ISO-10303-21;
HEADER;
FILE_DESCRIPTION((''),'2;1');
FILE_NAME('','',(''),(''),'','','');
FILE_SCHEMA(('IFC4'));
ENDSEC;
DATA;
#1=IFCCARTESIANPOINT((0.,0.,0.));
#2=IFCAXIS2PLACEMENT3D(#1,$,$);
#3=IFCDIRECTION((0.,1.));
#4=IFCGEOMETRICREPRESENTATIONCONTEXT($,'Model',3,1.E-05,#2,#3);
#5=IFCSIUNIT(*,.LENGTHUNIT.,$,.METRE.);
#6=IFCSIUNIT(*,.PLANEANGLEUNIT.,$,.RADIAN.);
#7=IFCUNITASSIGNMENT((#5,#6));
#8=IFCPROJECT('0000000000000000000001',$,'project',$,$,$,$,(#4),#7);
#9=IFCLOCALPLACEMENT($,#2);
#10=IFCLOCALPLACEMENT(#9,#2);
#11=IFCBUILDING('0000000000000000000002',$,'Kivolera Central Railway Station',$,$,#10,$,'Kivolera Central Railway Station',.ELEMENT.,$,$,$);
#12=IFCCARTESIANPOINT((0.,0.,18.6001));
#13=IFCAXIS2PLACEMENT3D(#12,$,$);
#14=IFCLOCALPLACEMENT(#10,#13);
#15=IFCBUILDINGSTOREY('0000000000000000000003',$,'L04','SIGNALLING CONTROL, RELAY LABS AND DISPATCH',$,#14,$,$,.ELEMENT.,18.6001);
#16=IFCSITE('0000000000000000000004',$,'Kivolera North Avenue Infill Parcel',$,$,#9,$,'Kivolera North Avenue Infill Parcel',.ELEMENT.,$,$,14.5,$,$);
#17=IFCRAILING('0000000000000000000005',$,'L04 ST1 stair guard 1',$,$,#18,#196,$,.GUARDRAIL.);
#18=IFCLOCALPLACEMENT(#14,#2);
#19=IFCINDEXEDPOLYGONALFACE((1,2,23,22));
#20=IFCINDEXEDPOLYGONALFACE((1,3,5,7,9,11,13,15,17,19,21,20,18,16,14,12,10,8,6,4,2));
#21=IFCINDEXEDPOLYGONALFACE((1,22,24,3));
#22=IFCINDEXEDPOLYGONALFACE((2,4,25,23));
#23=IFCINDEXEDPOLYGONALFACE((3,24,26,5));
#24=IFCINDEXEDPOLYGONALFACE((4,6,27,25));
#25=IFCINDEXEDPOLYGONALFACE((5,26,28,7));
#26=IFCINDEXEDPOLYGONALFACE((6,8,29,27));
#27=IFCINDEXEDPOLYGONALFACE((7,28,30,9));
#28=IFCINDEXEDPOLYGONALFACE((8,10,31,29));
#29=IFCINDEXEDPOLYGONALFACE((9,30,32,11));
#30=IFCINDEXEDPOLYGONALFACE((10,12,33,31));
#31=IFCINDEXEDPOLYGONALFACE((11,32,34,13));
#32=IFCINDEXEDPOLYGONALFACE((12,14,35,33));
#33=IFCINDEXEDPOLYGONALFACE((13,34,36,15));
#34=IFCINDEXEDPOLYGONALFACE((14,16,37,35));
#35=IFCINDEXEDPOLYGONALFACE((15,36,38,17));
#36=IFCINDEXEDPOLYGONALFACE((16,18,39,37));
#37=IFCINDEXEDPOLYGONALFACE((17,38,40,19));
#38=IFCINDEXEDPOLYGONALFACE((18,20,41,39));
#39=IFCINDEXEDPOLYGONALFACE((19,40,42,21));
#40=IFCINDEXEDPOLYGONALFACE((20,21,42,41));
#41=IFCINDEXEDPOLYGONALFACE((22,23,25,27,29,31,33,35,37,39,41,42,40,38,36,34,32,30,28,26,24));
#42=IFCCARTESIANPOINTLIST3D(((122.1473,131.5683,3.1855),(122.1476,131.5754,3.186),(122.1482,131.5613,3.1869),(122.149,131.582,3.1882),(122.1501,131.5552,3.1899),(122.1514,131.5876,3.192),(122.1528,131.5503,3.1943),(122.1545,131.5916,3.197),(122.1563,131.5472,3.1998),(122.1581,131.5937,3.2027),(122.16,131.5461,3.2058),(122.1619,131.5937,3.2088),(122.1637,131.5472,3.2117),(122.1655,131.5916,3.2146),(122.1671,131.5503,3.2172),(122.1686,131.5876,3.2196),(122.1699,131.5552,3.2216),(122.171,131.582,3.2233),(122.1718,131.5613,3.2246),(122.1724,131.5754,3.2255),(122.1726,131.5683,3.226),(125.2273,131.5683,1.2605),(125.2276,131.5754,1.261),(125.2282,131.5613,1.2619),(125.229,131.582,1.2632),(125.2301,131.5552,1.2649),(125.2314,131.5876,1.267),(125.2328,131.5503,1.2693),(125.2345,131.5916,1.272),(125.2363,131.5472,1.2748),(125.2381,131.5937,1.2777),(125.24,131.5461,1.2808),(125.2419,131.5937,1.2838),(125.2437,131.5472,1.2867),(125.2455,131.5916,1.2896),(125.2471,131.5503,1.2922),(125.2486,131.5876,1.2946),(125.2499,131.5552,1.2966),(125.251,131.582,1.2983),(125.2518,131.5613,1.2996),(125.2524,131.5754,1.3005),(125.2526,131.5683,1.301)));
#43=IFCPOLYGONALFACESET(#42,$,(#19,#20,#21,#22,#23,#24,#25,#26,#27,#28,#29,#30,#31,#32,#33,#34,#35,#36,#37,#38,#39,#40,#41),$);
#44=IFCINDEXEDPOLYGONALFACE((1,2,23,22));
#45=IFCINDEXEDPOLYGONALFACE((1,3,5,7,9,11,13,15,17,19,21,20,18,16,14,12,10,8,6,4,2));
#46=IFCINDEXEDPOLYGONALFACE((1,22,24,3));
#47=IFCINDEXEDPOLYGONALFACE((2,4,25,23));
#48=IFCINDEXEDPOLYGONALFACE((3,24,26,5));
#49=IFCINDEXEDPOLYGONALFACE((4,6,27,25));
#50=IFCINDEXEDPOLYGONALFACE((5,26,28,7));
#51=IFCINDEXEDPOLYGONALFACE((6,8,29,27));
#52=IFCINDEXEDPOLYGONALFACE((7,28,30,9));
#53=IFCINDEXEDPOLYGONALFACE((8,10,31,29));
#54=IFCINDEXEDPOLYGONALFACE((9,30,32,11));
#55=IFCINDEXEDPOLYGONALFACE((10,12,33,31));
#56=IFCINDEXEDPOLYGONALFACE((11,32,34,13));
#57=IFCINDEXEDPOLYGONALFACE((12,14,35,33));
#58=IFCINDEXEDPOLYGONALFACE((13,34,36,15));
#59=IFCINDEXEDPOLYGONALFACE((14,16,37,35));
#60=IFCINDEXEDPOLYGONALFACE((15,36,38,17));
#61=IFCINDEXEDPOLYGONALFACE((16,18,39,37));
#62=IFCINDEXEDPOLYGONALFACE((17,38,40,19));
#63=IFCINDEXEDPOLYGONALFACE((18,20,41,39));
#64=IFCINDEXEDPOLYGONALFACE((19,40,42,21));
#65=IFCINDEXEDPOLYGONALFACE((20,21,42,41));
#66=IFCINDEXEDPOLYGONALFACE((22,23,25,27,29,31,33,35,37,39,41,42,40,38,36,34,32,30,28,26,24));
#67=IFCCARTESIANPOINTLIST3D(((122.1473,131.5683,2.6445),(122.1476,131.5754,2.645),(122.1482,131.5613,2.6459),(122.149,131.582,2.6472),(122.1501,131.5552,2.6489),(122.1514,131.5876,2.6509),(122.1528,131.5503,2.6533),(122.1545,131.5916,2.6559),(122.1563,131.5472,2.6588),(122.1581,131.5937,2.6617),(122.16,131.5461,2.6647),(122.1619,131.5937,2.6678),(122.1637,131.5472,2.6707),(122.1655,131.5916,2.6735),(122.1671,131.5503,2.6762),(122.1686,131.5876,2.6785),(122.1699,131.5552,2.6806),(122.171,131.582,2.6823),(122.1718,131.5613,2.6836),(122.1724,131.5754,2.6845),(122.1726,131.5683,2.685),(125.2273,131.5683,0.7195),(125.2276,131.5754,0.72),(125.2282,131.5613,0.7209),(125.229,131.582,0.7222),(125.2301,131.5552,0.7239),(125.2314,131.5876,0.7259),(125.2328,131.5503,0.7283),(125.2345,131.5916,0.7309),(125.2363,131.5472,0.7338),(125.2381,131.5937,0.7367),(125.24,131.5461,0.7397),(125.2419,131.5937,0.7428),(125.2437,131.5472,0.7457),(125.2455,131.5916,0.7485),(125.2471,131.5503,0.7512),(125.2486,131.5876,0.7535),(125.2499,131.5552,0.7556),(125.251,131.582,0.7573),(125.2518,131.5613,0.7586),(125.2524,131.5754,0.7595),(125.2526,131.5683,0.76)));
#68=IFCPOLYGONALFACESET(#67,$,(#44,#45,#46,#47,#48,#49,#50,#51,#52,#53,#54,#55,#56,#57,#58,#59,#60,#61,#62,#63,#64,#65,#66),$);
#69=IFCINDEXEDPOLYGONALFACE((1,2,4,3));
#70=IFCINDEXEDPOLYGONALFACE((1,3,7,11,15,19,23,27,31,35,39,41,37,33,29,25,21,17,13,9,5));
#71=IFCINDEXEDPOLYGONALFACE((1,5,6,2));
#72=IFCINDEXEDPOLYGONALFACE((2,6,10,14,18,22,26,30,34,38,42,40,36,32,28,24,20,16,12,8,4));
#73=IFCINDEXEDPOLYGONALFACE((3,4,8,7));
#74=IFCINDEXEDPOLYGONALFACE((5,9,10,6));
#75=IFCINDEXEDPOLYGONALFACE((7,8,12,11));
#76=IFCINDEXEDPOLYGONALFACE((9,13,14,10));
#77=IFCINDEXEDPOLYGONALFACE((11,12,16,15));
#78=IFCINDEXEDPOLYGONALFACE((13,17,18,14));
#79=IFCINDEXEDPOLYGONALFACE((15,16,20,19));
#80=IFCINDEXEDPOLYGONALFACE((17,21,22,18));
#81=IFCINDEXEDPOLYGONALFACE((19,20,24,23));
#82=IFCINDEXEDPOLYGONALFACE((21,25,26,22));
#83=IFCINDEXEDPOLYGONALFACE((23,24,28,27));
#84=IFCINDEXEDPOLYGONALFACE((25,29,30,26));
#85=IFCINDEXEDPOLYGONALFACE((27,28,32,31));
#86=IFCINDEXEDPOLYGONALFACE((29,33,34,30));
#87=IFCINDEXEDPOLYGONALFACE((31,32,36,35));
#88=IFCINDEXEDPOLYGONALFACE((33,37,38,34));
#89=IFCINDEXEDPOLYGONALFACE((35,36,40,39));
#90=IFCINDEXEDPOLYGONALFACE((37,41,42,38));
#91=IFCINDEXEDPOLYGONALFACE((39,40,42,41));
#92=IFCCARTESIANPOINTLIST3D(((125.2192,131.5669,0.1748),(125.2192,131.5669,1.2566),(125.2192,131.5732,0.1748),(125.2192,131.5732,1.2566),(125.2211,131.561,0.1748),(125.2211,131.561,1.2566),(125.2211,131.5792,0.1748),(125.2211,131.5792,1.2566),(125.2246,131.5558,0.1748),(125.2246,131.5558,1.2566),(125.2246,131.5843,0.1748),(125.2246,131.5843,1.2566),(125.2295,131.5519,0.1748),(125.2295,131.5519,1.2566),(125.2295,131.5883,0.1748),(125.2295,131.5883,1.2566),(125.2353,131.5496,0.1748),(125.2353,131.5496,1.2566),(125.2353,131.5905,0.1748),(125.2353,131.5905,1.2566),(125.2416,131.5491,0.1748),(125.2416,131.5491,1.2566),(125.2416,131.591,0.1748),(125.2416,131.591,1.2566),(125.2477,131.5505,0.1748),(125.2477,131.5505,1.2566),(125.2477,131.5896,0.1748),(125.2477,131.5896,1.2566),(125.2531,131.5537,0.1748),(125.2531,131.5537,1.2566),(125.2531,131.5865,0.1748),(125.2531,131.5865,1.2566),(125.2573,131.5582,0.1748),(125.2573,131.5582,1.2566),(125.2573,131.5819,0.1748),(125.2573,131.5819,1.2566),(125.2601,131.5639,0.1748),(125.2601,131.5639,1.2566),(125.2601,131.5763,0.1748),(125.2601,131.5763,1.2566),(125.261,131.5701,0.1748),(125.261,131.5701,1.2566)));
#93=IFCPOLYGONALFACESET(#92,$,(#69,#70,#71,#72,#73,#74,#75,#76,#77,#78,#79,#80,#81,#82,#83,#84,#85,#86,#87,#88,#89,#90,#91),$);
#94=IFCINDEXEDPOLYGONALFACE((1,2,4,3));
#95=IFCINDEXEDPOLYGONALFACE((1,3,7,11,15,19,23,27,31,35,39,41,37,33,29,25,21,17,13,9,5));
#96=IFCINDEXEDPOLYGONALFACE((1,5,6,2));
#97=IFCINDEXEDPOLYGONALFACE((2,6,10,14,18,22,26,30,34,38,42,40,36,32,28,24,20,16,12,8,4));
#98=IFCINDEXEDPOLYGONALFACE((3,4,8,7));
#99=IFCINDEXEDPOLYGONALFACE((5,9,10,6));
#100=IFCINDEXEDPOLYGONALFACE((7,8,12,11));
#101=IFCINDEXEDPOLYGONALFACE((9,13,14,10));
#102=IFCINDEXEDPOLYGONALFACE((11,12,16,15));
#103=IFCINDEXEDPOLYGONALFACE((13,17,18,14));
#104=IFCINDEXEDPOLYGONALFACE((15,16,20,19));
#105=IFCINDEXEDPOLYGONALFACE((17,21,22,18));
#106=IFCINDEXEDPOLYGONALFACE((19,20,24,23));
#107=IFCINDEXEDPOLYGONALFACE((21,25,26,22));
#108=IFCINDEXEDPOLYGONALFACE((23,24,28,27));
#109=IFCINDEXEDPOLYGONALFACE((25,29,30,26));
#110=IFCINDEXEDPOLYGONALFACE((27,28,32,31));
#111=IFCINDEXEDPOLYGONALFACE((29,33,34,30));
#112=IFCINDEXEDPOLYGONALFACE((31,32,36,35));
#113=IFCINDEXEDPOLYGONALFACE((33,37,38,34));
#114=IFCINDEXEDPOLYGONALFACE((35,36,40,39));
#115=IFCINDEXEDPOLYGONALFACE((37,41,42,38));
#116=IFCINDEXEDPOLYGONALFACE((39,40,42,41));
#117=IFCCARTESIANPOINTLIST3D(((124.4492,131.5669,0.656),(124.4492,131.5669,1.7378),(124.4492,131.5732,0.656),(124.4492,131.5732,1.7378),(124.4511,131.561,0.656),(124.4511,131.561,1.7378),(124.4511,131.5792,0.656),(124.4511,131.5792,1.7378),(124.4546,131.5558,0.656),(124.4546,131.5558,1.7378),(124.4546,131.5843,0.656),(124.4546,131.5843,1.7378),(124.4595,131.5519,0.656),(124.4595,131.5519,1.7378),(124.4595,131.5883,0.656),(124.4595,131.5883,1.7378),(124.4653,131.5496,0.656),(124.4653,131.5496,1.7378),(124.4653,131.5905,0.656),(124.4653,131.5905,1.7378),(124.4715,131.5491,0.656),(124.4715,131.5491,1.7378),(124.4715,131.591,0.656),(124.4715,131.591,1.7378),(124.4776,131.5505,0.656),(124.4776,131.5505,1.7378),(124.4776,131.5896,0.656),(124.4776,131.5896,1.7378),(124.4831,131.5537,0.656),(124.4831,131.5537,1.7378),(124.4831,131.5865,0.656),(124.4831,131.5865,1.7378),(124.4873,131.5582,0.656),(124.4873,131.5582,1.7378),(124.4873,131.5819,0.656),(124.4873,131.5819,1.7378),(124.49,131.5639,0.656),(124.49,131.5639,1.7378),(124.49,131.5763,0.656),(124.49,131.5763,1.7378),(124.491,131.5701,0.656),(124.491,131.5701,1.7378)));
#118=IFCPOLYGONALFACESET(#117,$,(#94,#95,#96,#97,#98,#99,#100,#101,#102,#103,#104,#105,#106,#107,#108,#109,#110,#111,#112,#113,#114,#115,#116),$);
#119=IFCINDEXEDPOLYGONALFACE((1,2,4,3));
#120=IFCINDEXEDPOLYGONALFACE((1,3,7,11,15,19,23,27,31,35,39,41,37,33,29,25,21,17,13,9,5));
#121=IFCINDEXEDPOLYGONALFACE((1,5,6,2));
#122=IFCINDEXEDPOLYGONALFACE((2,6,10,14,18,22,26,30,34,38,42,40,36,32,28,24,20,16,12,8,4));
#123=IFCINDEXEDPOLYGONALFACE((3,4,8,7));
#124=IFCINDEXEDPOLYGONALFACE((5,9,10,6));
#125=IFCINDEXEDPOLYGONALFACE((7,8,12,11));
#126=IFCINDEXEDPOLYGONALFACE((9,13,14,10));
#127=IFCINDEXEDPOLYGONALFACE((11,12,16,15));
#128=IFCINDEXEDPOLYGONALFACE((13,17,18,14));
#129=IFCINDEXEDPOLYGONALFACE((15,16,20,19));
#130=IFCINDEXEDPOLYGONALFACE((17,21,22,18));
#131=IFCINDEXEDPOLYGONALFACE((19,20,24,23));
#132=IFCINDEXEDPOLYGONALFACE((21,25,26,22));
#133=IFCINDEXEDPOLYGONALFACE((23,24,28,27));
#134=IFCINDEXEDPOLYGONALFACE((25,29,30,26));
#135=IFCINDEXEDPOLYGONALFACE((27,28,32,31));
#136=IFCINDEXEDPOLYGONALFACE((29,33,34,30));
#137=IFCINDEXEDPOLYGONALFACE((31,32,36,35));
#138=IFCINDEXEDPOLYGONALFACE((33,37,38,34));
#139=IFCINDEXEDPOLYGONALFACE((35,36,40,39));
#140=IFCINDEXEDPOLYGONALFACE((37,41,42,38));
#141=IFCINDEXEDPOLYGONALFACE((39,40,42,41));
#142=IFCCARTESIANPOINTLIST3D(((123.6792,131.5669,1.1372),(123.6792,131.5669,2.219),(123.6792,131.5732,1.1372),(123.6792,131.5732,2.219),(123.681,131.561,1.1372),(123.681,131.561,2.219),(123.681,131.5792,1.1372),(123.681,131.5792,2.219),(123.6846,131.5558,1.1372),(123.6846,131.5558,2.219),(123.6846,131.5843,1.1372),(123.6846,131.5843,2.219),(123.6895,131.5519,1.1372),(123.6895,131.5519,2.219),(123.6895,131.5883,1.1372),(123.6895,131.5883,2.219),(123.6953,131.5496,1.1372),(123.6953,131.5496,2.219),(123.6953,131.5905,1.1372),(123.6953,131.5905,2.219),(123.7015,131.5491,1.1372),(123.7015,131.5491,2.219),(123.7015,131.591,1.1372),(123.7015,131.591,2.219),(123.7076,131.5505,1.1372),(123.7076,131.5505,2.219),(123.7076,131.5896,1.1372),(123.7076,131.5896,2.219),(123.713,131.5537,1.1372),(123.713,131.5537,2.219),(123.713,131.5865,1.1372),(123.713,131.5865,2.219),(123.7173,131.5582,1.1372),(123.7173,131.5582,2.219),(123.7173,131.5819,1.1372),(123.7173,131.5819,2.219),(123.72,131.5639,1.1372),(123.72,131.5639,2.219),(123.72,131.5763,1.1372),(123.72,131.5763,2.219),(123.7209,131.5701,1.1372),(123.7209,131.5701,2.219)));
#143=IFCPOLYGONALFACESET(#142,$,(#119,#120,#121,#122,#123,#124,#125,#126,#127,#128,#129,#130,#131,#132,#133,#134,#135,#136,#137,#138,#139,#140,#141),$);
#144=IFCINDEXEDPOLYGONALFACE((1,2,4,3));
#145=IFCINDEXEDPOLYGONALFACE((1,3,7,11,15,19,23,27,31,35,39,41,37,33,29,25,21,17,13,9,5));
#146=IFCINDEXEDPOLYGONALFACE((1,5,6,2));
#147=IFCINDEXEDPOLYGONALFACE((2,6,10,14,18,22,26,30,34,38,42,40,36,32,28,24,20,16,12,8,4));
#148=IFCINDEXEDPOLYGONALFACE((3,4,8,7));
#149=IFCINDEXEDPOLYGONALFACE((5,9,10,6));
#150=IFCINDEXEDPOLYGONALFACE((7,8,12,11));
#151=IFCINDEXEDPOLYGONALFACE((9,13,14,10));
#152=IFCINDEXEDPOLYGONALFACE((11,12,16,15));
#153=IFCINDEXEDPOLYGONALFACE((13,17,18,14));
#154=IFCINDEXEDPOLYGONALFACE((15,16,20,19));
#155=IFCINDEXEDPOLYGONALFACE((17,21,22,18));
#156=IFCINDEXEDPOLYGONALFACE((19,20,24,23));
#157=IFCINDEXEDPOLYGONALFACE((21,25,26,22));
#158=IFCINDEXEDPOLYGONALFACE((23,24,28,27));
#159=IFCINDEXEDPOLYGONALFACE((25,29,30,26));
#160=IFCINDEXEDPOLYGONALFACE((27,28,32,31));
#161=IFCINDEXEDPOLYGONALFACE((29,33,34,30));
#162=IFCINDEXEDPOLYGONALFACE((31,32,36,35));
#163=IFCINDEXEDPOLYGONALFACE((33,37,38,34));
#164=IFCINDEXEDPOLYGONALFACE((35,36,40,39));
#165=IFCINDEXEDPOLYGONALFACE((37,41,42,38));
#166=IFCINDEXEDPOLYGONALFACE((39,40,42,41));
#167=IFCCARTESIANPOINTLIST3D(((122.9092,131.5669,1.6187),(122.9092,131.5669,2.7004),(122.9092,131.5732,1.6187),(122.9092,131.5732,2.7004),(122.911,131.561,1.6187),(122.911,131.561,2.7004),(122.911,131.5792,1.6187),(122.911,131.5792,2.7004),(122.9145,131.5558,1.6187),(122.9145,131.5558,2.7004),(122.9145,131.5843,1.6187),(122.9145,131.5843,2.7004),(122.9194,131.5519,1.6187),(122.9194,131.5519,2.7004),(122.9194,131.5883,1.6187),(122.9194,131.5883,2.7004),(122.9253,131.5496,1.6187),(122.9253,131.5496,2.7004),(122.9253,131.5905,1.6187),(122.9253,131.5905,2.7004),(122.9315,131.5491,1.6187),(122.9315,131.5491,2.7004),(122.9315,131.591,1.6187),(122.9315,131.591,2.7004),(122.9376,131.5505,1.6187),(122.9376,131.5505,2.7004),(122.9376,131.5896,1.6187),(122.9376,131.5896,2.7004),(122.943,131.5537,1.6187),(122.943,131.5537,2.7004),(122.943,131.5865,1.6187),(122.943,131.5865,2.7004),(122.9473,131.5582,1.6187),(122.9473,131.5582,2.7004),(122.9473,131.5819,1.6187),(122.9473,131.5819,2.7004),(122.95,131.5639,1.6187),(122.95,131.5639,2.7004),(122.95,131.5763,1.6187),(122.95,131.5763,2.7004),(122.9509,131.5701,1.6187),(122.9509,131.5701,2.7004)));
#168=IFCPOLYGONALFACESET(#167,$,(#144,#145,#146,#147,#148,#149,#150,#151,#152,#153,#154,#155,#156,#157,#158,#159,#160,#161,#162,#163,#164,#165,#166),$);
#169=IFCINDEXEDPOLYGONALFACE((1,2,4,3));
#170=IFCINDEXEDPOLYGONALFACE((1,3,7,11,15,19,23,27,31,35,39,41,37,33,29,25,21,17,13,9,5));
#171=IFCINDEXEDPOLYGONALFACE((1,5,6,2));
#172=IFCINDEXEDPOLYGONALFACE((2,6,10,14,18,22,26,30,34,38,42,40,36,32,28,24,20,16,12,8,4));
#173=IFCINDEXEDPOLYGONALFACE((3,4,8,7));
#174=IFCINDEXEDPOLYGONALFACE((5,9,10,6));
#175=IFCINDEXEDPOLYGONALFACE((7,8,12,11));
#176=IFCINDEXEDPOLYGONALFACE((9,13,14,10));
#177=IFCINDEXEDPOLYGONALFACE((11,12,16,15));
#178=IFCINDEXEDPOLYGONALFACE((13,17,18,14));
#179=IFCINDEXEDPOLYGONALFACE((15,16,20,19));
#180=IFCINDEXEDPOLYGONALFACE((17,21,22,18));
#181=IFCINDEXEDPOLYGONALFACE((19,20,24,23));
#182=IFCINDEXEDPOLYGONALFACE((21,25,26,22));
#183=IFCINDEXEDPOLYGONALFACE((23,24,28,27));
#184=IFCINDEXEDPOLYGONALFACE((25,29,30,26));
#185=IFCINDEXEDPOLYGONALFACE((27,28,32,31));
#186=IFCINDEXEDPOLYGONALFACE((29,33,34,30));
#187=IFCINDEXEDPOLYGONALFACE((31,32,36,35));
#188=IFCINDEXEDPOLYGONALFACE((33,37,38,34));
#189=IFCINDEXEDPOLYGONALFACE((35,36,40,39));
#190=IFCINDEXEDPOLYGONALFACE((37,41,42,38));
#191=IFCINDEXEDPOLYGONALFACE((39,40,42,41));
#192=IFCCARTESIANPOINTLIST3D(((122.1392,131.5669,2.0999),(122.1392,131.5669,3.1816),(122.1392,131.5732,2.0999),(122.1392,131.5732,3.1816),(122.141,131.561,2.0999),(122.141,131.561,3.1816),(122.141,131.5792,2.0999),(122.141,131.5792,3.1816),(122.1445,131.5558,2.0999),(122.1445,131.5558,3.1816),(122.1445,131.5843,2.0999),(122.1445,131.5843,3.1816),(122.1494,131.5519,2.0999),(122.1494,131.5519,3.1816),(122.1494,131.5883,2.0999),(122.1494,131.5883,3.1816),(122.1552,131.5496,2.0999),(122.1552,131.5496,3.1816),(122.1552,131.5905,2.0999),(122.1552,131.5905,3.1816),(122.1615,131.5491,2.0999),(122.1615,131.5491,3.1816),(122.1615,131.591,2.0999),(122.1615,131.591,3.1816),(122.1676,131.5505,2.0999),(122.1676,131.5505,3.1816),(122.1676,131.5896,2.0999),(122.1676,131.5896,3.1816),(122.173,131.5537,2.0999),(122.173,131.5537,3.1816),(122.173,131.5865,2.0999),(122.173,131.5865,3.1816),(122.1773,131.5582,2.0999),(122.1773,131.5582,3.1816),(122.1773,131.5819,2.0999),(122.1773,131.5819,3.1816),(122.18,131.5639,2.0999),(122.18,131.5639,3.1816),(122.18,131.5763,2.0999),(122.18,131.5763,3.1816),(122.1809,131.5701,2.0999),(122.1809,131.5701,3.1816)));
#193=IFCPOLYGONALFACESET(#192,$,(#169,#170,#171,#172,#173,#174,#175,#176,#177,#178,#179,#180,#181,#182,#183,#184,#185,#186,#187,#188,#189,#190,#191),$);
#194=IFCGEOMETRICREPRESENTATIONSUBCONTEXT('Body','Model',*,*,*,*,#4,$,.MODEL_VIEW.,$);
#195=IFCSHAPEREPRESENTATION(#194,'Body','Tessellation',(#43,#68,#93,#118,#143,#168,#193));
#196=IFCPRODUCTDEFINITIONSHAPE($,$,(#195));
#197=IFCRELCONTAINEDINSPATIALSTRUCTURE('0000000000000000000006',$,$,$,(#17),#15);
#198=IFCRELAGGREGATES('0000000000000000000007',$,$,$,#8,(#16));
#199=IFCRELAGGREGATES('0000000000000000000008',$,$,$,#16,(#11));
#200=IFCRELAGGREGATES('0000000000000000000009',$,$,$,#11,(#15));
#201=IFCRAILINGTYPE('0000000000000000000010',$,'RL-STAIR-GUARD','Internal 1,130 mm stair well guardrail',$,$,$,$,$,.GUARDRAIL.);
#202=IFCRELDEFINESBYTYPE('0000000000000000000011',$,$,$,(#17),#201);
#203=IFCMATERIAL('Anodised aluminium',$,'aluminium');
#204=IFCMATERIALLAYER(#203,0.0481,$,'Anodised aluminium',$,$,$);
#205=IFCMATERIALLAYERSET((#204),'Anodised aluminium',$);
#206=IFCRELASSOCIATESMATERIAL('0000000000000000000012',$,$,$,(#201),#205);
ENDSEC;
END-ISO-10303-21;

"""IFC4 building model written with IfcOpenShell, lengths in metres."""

from ifc_helpers import new_model, si_unit, direction, frame, origin, origin_2d, place, context, subcontext, project, spatial, circle, extrude, material, layer, layer_set, type_object, element, save


model = new_model("IFC4")

# Units and contexts
model_context = context("Model", 3, precision=1e-05, world=origin(), true_north=direction((0.0, 1.0)))
body_context = subcontext(model_context, "Body", "Model", "MODEL_VIEW")
ifc_project = project(units=[si_unit("LENGTHUNIT", "METRE"), si_unit("PLANEANGLEUNIT", "RADIAN")], contexts=[model_context])

# Site, building, storey
site_placement = place(None, origin())
site = spatial("IfcSite", under=ifc_project, at=site_placement, Name="Kivolera North Avenue Infill Parcel", LongName="Kivolera North Avenue Infill Parcel", CompositionType="ELEMENT", RefElevation=14.5)
building_placement = place(site_placement, origin())
building = spatial("IfcBuilding", under=site, at=building_placement, Name="Kivolera Central Railway Station", LongName="Kivolera Central Railway Station", CompositionType="ELEMENT")
storey_placement = place(building_placement, frame((0.0, 0.0, 18.6001)))
storey = spatial("IfcBuildingStorey", under=building, at=storey_placement, Name="L04", Description="SIGNALLING CONTROL, RELAY LABS AND DISPATCH", CompositionType="ELEMENT", Elevation=18.6001)

# Shared definitions
ifc_material_1 = material(Name="Anodised aluminium", Category="aluminium")

# Railing
ifc_layer_1 = layer(ifc_material_1, 0.0481, Name="Anodised aluminium")
ifc_layer_set_1 = layer_set([ifc_layer_1], Name="Anodised aluminium")
railing_type_1 = type_object("IfcRailingType", Name="RL-STAIR-GUARD", Description="Internal 1,130 mm stair well guardrail", PredefinedType="GUARDRAIL", material=ifc_layer_set_1)
railing_1_placement = place(storey_placement, frame((125.24, 131.5701, 0.1748)))
element("IfcRailing", 1, at=railing_1_placement, inside=storey, type_object=railing_type_1, Name="L04 ST1 stair guard 1", PredefinedType="GUARDRAIL", context=body_context, shape_type="SweptSolid", body=[
    extrude(circle(Radius=0.0239, at=origin_2d()), frame((0.0, 0.0, 1.106), z_axis=(-0.847998, 0.0, 0.529999), x_axis=(0.0, -1.0, 0.0)), (0.0, 0.0, 1.0), 3.6321),
    extrude(circle(Radius=0.0239, at=origin_2d()), frame((0.0, 0.0, 0.5649), z_axis=(-0.847998, 0.0, 0.529999), x_axis=(0.0, -1.0, 0.0)), (0.0, 0.0, 1.0), 3.6321),
    extrude(circle(Radius=0.021, at=origin_2d()), origin(), (0.0, 0.0, 1.0), 1.0818),
    extrude(circle(Radius=0.021, at=origin_2d()), frame((-0.77, 0.0, 0.4812)), (0.0, 0.0, 1.0), 1.0818),
    extrude(circle(Radius=0.021, at=origin_2d()), frame((-1.54, 0.0, 0.9624)), (0.0, 0.0, 1.0), 1.0818),
    extrude(circle(Radius=0.021, at=origin_2d()), frame((-2.3101, 0.0, 1.4438)), (0.0, 0.0, 1.0), 1.0818),
    extrude(circle(Radius=0.021, at=origin_2d()), frame((-3.0801, 0.0, 1.925)), (0.0, 0.0, 1.0), 1.0818),
])

save(model, "model.ifc")
